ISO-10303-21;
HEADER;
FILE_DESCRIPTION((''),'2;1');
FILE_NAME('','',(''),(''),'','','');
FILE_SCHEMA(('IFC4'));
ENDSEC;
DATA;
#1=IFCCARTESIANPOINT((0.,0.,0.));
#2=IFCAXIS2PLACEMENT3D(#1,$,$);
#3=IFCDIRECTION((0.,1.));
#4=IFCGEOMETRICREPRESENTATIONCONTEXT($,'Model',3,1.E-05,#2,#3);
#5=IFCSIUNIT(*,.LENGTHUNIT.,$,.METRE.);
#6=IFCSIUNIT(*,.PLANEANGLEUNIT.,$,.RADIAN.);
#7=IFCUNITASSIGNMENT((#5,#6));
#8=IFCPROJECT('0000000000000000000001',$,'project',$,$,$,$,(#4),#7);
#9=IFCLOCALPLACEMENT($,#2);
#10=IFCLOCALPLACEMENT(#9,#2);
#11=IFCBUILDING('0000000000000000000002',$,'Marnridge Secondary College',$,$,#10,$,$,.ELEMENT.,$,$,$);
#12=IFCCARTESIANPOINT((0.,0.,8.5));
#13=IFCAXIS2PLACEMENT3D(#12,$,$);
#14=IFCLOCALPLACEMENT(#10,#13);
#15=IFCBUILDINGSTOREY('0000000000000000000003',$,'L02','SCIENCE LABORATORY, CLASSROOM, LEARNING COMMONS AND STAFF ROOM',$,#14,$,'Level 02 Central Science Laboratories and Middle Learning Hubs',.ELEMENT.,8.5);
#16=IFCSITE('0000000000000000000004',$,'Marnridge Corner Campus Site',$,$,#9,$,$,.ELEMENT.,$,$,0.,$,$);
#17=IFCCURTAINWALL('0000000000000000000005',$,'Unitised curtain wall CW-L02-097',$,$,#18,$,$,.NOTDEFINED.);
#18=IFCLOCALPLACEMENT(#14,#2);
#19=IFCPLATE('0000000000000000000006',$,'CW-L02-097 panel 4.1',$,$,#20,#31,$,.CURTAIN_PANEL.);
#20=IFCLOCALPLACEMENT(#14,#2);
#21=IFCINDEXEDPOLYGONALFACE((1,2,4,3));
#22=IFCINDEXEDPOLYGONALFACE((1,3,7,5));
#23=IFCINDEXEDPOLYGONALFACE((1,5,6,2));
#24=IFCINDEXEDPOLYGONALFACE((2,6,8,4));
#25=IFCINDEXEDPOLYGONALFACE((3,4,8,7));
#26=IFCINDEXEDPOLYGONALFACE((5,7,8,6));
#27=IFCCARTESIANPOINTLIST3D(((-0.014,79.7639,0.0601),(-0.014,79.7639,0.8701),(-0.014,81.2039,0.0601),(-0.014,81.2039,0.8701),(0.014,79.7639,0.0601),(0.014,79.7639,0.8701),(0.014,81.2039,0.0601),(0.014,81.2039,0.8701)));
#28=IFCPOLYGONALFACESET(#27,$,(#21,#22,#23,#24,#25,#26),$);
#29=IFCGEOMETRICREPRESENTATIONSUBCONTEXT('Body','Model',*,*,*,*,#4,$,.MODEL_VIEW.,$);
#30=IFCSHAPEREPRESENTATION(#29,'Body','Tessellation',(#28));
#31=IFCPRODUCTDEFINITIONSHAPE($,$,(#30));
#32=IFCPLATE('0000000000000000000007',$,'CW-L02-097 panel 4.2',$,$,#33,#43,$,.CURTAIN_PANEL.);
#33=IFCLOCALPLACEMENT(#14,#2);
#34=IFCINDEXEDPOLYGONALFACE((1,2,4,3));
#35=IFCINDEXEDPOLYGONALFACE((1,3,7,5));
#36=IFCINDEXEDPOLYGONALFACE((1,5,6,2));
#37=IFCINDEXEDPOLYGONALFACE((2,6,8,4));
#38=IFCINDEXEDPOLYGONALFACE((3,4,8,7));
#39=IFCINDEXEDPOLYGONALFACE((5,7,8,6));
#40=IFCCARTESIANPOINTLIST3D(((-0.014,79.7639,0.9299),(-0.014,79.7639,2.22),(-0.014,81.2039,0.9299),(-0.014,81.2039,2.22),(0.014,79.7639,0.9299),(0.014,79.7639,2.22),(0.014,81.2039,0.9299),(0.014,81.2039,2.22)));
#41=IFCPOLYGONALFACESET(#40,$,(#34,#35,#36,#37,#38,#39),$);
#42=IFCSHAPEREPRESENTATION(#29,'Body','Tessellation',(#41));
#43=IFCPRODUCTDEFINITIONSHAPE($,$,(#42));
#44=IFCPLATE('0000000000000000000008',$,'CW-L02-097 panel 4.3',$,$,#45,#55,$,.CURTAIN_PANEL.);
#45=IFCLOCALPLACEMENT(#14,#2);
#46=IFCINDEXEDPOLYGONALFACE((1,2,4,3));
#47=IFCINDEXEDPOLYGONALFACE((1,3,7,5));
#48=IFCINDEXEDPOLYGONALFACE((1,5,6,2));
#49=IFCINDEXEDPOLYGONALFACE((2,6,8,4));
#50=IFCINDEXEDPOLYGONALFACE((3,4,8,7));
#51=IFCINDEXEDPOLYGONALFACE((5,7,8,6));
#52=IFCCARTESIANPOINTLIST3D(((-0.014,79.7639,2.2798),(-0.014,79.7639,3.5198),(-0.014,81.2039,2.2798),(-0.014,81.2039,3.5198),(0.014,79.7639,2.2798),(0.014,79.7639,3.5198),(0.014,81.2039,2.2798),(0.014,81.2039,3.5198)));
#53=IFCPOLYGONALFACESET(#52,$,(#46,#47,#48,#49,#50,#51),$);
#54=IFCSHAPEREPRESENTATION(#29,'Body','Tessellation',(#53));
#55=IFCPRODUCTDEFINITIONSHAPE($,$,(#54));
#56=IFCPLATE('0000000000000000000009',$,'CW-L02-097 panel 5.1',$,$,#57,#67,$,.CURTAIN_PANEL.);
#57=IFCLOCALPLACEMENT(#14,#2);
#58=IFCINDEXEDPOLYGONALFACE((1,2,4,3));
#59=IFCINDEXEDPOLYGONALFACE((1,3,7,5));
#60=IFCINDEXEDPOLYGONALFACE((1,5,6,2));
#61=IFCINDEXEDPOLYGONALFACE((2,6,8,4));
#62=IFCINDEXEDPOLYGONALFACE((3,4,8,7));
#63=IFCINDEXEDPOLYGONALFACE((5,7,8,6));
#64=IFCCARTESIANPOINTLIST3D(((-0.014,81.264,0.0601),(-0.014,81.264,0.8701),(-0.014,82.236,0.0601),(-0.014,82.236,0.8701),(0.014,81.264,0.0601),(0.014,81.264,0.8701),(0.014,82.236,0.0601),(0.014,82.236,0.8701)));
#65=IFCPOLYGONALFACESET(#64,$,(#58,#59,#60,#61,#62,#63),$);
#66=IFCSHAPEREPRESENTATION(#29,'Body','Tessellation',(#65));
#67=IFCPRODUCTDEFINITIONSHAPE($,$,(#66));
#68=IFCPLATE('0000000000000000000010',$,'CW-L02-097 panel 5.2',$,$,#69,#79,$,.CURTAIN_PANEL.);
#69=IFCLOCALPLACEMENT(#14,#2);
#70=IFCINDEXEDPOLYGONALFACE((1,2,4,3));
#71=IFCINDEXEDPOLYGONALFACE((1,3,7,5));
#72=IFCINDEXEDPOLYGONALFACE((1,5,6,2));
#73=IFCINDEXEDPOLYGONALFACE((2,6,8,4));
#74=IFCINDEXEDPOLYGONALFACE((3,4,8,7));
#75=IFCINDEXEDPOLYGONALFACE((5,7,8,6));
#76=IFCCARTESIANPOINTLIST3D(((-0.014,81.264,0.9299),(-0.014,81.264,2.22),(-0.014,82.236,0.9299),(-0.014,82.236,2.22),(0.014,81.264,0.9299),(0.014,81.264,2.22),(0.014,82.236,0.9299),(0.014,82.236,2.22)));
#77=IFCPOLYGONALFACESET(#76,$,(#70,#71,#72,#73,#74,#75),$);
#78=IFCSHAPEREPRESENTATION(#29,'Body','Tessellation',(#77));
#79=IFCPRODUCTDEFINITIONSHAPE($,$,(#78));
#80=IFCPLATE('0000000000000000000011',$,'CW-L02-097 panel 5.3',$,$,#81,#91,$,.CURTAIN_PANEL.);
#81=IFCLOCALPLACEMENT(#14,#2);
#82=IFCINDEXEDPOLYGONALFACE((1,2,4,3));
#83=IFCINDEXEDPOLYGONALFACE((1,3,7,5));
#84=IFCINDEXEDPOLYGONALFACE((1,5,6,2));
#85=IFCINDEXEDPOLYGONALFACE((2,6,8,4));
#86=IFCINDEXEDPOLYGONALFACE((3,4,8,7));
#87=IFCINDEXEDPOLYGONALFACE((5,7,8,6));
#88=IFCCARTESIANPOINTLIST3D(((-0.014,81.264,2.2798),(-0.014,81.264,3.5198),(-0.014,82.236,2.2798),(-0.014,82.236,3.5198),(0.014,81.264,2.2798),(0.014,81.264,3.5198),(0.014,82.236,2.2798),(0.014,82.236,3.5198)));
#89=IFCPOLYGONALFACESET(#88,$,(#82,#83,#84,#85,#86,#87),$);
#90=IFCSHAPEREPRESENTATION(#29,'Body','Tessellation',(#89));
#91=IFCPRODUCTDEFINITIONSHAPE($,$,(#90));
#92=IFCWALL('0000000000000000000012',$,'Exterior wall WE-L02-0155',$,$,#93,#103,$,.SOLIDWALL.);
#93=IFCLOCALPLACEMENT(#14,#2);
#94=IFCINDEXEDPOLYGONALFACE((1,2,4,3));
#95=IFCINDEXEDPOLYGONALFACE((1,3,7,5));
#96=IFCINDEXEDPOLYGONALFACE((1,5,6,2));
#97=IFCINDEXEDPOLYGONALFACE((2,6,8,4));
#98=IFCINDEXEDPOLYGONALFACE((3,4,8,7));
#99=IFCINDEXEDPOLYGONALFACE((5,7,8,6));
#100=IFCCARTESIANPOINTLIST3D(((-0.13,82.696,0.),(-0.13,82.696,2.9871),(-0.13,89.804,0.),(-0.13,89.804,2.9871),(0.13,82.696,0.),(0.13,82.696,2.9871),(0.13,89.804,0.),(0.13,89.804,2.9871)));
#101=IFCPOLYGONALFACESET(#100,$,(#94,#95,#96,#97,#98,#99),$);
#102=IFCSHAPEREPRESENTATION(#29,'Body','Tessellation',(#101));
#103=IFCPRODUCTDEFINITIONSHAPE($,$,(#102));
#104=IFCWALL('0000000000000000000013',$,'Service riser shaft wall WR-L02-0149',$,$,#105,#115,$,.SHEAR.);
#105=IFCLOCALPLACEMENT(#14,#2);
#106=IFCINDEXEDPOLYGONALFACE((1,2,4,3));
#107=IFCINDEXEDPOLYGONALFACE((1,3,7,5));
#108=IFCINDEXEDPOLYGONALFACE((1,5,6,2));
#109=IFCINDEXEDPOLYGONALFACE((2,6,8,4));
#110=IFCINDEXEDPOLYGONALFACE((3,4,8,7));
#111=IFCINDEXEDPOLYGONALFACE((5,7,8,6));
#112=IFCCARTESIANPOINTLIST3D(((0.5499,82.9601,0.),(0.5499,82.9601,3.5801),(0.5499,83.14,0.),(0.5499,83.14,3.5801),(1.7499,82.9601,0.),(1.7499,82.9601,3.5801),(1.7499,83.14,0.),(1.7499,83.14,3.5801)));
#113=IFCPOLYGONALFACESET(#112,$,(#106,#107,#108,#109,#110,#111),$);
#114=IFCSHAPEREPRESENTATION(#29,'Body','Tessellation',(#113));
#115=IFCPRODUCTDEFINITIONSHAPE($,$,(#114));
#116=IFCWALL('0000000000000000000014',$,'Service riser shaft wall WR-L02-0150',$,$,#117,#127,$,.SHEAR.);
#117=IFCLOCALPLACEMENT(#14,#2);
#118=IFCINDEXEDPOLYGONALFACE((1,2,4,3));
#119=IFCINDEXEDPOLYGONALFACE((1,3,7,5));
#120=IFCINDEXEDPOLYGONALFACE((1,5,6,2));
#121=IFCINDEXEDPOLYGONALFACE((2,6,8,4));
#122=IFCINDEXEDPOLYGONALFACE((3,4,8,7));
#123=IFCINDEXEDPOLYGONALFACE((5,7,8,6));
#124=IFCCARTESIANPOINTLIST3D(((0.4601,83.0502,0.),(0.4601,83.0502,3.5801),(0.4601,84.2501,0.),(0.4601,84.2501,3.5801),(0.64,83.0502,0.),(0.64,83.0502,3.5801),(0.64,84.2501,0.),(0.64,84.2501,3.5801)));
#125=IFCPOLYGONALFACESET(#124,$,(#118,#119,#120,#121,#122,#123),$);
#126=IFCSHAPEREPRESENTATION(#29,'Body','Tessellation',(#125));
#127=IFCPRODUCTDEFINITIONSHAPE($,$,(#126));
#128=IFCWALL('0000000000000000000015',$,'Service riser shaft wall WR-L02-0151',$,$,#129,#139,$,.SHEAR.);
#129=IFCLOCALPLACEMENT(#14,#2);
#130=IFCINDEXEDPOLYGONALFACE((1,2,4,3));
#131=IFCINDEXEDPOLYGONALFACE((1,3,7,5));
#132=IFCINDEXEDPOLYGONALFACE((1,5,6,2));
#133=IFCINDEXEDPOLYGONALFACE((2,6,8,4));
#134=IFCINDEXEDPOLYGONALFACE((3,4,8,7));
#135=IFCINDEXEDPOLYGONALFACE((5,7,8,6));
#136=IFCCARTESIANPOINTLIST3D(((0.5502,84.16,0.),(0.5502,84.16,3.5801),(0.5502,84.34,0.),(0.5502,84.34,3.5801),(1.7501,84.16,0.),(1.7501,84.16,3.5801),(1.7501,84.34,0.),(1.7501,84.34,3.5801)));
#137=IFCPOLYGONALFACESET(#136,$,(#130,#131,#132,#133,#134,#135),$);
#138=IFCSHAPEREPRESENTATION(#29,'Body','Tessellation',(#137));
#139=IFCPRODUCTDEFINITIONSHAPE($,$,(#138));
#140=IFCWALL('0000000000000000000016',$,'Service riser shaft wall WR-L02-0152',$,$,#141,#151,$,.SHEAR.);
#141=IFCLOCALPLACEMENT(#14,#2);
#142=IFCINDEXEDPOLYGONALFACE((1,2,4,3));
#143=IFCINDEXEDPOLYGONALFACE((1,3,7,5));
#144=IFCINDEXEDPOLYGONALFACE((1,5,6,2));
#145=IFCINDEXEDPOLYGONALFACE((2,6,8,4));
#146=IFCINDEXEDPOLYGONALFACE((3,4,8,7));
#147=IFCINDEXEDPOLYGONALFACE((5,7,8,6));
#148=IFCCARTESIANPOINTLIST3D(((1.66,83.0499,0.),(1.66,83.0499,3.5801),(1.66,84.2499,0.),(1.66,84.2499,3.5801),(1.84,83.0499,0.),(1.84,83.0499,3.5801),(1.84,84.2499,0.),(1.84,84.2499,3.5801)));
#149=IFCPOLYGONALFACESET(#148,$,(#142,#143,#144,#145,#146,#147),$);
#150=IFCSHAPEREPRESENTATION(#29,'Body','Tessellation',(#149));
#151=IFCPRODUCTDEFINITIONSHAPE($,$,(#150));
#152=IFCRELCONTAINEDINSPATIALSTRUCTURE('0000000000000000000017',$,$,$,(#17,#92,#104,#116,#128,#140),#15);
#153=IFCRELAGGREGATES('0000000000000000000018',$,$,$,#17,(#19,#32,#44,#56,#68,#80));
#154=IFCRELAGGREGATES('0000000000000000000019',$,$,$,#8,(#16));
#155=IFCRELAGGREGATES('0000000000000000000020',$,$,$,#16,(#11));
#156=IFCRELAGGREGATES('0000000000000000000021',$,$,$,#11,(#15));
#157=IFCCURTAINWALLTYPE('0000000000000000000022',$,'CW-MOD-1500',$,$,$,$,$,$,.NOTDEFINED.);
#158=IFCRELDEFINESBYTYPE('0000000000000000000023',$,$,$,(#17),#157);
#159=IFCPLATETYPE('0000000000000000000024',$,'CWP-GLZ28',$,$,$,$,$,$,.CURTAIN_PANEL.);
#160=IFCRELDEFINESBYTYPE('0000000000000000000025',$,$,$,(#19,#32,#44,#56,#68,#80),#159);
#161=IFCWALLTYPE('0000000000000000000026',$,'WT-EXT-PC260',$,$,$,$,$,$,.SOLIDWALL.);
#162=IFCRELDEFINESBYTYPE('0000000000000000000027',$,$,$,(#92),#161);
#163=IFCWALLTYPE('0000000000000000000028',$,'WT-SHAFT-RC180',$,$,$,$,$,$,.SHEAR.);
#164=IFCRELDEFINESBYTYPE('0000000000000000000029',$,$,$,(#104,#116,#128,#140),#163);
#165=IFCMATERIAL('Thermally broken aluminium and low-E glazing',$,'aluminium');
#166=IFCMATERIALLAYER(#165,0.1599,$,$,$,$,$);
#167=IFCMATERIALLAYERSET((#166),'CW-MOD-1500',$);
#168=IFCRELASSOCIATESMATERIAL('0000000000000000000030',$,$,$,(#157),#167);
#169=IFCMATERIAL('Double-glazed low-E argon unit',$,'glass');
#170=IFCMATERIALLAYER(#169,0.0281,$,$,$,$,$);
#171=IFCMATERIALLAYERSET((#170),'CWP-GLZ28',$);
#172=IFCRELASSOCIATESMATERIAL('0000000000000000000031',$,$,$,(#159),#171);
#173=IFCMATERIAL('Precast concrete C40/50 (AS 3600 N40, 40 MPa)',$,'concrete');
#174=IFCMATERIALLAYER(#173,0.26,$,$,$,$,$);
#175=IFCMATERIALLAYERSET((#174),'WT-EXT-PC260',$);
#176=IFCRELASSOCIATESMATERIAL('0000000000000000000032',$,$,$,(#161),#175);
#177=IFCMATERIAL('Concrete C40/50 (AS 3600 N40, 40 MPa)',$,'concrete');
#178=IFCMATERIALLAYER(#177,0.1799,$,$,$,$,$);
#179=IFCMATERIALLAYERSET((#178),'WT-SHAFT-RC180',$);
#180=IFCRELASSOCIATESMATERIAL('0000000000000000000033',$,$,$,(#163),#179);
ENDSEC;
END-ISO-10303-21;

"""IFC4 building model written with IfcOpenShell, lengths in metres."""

from ifc_helpers import new_model, si_unit, direction, frame, frame_2d, origin, origin_2d, place, context, subcontext, project, spatial, rectangle, extrude, material, layer, layer_set, type_object, element, aggregate, save


model = new_model("IFC4")

# Units and contexts
model_context = context("Model", 3, precision=1e-05, world=origin(), true_north=direction((0.0, 1.0)))
body_context = subcontext(model_context, "Body", "Model", "MODEL_VIEW")
ifc_project = project(units=[si_unit("LENGTHUNIT", "METRE"), si_unit("PLANEANGLEUNIT", "RADIAN")], contexts=[model_context])

# Site, building, storey
site_placement = place(None, origin())
site = spatial("IfcSite", under=ifc_project, at=site_placement, Name="Marnridge Corner Campus Site", CompositionType="ELEMENT", RefElevation=0.0)
building_placement = place(site_placement, origin())
building = spatial("IfcBuilding", under=site, at=building_placement, Name="Marnridge Secondary College", CompositionType="ELEMENT")
storey_placement = place(building_placement, frame((0.0, 0.0, 8.5)))
storey = spatial("IfcBuildingStorey", under=building, at=storey_placement, Name="L02", Description="SCIENCE LABORATORY, CLASSROOM, LEARNING COMMONS AND STAFF ROOM", LongName="Level 02 Central Science Laboratories and Middle Learning Hubs", CompositionType="ELEMENT", Elevation=8.5)

# Curtain wall, plates
ifc_material_1 = material(Name="Thermally broken aluminium and low-E glazing", Category="aluminium")
ifc_layer_1 = layer(ifc_material_1, 0.1599)
ifc_layer_set_1 = layer_set([ifc_layer_1], Name="CW-MOD-1500")
curtain_wall_type = type_object("IfcCurtainWallType", Name="CW-MOD-1500", PredefinedType="NOTDEFINED", material=ifc_layer_set_1)
curtain_wall_placement = place(storey_placement, origin())
curtain_wall = element("IfcCurtainWall", 1, at=curtain_wall_placement, inside=storey, type_object=curtain_wall_type, Name="Unitised curtain wall CW-L02-097", PredefinedType="NOTDEFINED")
ifc_material_2 = material(Name="Double-glazed low-E argon unit", Category="glass")
ifc_layer_2 = layer(ifc_material_2, 0.0281)
ifc_layer_set_2 = layer_set([ifc_layer_2], Name="CWP-GLZ28")
plate_type = type_object("IfcPlateType", Name="CWP-GLZ28", PredefinedType="CURTAIN_PANEL", material=ifc_layer_set_2)
plate_1_placement = place(storey_placement, frame((0.0, 80.4839, 0.0601), z_axis=(0.0, 0.0, 1.0), x_axis=(0.0, 1.0, 0.0)))
plate_1 = element("IfcPlate", 2, at=plate_1_placement, type_object=plate_type, Name="CW-L02-097 panel 4.1", PredefinedType="CURTAIN_PANEL", context=body_context, shape_type="SweptSolid", body=[
    extrude(rectangle(XDim=1.4399, YDim=0.0281, at=origin_2d()), origin(), (0.0, 0.0, 1.0), 0.8101),
])
plate_2_placement = place(storey_placement, frame((0.0, 80.4839, 0.9299), z_axis=(0.0, 0.0, 1.0), x_axis=(0.0, 1.0, 0.0)))
plate_2 = element("IfcPlate", 3, at=plate_2_placement, type_object=plate_type, Name="CW-L02-097 panel 4.2", PredefinedType="CURTAIN_PANEL", context=body_context, shape_type="SweptSolid", body=[
    extrude(rectangle(XDim=1.4399, YDim=0.0281, at=origin_2d()), origin(), (0.0, 0.0, 1.0), 1.29),
])
plate_3_placement = place(storey_placement, frame((0.0, 80.4839, 2.2798), z_axis=(0.0, 0.0, 1.0), x_axis=(0.0, 1.0, 0.0)))
plate_3 = element("IfcPlate", 4, at=plate_3_placement, type_object=plate_type, Name="CW-L02-097 panel 4.3", PredefinedType="CURTAIN_PANEL", context=body_context, shape_type="SweptSolid", body=[
    extrude(rectangle(XDim=1.4399, YDim=0.0281, at=origin_2d()), origin(), (0.0, 0.0, 1.0), 1.24),
])
plate_4_placement = place(storey_placement, frame((0.0, 81.75, 0.0601), z_axis=(0.0, 0.0, 1.0), x_axis=(0.0, 1.0, 0.0)))
plate_4 = element("IfcPlate", 5, at=plate_4_placement, type_object=plate_type, Name="CW-L02-097 panel 5.1", PredefinedType="CURTAIN_PANEL", context=body_context, shape_type="SweptSolid", body=[
    extrude(rectangle(XDim=0.9719, YDim=0.0281, at=origin_2d()), origin(), (0.0, 0.0, 1.0), 0.8101),
])
plate_5_placement = place(storey_placement, frame((0.0, 81.75, 0.9299), z_axis=(0.0, 0.0, 1.0), x_axis=(0.0, 1.0, 0.0)))
plate_5 = element("IfcPlate", 6, at=plate_5_placement, type_object=plate_type, Name="CW-L02-097 panel 5.2", PredefinedType="CURTAIN_PANEL", context=body_context, shape_type="SweptSolid", body=[
    extrude(rectangle(XDim=0.9719, YDim=0.0281, at=origin_2d()), origin(), (0.0, 0.0, 1.0), 1.29),
])
plate_6_placement = place(storey_placement, frame((0.0, 81.75, 2.2798), z_axis=(0.0, 0.0, 1.0), x_axis=(0.0, 1.0, 0.0)))
plate_6 = element("IfcPlate", 7, at=plate_6_placement, type_object=plate_type, Name="CW-L02-097 panel 5.3", PredefinedType="CURTAIN_PANEL", context=body_context, shape_type="SweptSolid", body=[
    extrude(rectangle(XDim=0.9719, YDim=0.0281, at=origin_2d()), origin(), (0.0, 0.0, 1.0), 1.24),
])
aggregate(curtain_wall, [plate_1, plate_2, plate_3, plate_4, plate_5, plate_6])

# Walls
ifc_material_3 = material(Name="Precast concrete C40/50 (AS 3600 N40, 40 MPa)", Category="concrete")
ifc_layer_3 = layer(ifc_material_3, 0.26)
ifc_layer_set_3 = layer_set([ifc_layer_3], Name="WT-EXT-PC260")
wall_type_1 = type_object("IfcWallType", Name="WT-EXT-PC260", PredefinedType="SOLIDWALL", material=ifc_layer_set_3)
wall_placement = place(storey_placement, frame((0.0, 82.696, 0.0), z_axis=(0.0, 0.0, 1.0), x_axis=(0.0, 1.0, 0.0)))
element("IfcWall", 8, at=wall_placement, inside=storey, type_object=wall_type_1, Name="Exterior wall WE-L02-0155", PredefinedType="SOLIDWALL", context=body_context, shape_type="SweptSolid", body=[
    extrude(rectangle(XDim=7.1079, YDim=0.26, at=frame_2d((3.554, 0.0))), origin(), (0.0, 0.0, 1.0), 2.9871),
])
ifc_material_4 = material(Name="Concrete C40/50 (AS 3600 N40, 40 MPa)", Category="concrete")
ifc_layer_4 = layer(ifc_material_4, 0.1799)
ifc_layer_set_4 = layer_set([ifc_layer_4], Name="WT-SHAFT-RC180")
wall_type_2 = type_object("IfcWallType", Name="WT-SHAFT-RC180", PredefinedType="SHEAR", material=ifc_layer_set_4)
for number, where, z_axis, x_axis, name in (
    (9, (1.75, 83.05, 0.0), (0.0, 0.0, 1.0), (-1.0, 0.0, 0.0), "Service riser shaft wall WR-L02-0149"),
    (10, (0.55, 83.05, 0.0), (0.0, 0.0, 1.0), (0.0, 1.0, 0.0), "Service riser shaft wall WR-L02-0150"),
    (11, (0.55, 84.25, 0.0), (0.0, 0.0, 1.0), (1.0, 0.0, 0.0), "Service riser shaft wall WR-L02-0151"),
    (12, (1.75, 84.25, 0.0), (0.0, 0.0, 1.0), (0.0, -1.0, 0.0), "Service riser shaft wall WR-L02-0152"),
):
    element("IfcWall", number, at=place(storey_placement, frame(where, z_axis=z_axis, x_axis=x_axis)), inside=storey, type_object=wall_type_2, Name=name, PredefinedType="SHEAR", context=body_context, shape_type="SweptSolid", body=[
        extrude(rectangle(XDim=1.2, YDim=0.1799, at=frame_2d((0.6001, 0.0))), origin(), (0.0, 0.0, 1.0), 3.5801),
    ])

save(model, "model.ifc")
